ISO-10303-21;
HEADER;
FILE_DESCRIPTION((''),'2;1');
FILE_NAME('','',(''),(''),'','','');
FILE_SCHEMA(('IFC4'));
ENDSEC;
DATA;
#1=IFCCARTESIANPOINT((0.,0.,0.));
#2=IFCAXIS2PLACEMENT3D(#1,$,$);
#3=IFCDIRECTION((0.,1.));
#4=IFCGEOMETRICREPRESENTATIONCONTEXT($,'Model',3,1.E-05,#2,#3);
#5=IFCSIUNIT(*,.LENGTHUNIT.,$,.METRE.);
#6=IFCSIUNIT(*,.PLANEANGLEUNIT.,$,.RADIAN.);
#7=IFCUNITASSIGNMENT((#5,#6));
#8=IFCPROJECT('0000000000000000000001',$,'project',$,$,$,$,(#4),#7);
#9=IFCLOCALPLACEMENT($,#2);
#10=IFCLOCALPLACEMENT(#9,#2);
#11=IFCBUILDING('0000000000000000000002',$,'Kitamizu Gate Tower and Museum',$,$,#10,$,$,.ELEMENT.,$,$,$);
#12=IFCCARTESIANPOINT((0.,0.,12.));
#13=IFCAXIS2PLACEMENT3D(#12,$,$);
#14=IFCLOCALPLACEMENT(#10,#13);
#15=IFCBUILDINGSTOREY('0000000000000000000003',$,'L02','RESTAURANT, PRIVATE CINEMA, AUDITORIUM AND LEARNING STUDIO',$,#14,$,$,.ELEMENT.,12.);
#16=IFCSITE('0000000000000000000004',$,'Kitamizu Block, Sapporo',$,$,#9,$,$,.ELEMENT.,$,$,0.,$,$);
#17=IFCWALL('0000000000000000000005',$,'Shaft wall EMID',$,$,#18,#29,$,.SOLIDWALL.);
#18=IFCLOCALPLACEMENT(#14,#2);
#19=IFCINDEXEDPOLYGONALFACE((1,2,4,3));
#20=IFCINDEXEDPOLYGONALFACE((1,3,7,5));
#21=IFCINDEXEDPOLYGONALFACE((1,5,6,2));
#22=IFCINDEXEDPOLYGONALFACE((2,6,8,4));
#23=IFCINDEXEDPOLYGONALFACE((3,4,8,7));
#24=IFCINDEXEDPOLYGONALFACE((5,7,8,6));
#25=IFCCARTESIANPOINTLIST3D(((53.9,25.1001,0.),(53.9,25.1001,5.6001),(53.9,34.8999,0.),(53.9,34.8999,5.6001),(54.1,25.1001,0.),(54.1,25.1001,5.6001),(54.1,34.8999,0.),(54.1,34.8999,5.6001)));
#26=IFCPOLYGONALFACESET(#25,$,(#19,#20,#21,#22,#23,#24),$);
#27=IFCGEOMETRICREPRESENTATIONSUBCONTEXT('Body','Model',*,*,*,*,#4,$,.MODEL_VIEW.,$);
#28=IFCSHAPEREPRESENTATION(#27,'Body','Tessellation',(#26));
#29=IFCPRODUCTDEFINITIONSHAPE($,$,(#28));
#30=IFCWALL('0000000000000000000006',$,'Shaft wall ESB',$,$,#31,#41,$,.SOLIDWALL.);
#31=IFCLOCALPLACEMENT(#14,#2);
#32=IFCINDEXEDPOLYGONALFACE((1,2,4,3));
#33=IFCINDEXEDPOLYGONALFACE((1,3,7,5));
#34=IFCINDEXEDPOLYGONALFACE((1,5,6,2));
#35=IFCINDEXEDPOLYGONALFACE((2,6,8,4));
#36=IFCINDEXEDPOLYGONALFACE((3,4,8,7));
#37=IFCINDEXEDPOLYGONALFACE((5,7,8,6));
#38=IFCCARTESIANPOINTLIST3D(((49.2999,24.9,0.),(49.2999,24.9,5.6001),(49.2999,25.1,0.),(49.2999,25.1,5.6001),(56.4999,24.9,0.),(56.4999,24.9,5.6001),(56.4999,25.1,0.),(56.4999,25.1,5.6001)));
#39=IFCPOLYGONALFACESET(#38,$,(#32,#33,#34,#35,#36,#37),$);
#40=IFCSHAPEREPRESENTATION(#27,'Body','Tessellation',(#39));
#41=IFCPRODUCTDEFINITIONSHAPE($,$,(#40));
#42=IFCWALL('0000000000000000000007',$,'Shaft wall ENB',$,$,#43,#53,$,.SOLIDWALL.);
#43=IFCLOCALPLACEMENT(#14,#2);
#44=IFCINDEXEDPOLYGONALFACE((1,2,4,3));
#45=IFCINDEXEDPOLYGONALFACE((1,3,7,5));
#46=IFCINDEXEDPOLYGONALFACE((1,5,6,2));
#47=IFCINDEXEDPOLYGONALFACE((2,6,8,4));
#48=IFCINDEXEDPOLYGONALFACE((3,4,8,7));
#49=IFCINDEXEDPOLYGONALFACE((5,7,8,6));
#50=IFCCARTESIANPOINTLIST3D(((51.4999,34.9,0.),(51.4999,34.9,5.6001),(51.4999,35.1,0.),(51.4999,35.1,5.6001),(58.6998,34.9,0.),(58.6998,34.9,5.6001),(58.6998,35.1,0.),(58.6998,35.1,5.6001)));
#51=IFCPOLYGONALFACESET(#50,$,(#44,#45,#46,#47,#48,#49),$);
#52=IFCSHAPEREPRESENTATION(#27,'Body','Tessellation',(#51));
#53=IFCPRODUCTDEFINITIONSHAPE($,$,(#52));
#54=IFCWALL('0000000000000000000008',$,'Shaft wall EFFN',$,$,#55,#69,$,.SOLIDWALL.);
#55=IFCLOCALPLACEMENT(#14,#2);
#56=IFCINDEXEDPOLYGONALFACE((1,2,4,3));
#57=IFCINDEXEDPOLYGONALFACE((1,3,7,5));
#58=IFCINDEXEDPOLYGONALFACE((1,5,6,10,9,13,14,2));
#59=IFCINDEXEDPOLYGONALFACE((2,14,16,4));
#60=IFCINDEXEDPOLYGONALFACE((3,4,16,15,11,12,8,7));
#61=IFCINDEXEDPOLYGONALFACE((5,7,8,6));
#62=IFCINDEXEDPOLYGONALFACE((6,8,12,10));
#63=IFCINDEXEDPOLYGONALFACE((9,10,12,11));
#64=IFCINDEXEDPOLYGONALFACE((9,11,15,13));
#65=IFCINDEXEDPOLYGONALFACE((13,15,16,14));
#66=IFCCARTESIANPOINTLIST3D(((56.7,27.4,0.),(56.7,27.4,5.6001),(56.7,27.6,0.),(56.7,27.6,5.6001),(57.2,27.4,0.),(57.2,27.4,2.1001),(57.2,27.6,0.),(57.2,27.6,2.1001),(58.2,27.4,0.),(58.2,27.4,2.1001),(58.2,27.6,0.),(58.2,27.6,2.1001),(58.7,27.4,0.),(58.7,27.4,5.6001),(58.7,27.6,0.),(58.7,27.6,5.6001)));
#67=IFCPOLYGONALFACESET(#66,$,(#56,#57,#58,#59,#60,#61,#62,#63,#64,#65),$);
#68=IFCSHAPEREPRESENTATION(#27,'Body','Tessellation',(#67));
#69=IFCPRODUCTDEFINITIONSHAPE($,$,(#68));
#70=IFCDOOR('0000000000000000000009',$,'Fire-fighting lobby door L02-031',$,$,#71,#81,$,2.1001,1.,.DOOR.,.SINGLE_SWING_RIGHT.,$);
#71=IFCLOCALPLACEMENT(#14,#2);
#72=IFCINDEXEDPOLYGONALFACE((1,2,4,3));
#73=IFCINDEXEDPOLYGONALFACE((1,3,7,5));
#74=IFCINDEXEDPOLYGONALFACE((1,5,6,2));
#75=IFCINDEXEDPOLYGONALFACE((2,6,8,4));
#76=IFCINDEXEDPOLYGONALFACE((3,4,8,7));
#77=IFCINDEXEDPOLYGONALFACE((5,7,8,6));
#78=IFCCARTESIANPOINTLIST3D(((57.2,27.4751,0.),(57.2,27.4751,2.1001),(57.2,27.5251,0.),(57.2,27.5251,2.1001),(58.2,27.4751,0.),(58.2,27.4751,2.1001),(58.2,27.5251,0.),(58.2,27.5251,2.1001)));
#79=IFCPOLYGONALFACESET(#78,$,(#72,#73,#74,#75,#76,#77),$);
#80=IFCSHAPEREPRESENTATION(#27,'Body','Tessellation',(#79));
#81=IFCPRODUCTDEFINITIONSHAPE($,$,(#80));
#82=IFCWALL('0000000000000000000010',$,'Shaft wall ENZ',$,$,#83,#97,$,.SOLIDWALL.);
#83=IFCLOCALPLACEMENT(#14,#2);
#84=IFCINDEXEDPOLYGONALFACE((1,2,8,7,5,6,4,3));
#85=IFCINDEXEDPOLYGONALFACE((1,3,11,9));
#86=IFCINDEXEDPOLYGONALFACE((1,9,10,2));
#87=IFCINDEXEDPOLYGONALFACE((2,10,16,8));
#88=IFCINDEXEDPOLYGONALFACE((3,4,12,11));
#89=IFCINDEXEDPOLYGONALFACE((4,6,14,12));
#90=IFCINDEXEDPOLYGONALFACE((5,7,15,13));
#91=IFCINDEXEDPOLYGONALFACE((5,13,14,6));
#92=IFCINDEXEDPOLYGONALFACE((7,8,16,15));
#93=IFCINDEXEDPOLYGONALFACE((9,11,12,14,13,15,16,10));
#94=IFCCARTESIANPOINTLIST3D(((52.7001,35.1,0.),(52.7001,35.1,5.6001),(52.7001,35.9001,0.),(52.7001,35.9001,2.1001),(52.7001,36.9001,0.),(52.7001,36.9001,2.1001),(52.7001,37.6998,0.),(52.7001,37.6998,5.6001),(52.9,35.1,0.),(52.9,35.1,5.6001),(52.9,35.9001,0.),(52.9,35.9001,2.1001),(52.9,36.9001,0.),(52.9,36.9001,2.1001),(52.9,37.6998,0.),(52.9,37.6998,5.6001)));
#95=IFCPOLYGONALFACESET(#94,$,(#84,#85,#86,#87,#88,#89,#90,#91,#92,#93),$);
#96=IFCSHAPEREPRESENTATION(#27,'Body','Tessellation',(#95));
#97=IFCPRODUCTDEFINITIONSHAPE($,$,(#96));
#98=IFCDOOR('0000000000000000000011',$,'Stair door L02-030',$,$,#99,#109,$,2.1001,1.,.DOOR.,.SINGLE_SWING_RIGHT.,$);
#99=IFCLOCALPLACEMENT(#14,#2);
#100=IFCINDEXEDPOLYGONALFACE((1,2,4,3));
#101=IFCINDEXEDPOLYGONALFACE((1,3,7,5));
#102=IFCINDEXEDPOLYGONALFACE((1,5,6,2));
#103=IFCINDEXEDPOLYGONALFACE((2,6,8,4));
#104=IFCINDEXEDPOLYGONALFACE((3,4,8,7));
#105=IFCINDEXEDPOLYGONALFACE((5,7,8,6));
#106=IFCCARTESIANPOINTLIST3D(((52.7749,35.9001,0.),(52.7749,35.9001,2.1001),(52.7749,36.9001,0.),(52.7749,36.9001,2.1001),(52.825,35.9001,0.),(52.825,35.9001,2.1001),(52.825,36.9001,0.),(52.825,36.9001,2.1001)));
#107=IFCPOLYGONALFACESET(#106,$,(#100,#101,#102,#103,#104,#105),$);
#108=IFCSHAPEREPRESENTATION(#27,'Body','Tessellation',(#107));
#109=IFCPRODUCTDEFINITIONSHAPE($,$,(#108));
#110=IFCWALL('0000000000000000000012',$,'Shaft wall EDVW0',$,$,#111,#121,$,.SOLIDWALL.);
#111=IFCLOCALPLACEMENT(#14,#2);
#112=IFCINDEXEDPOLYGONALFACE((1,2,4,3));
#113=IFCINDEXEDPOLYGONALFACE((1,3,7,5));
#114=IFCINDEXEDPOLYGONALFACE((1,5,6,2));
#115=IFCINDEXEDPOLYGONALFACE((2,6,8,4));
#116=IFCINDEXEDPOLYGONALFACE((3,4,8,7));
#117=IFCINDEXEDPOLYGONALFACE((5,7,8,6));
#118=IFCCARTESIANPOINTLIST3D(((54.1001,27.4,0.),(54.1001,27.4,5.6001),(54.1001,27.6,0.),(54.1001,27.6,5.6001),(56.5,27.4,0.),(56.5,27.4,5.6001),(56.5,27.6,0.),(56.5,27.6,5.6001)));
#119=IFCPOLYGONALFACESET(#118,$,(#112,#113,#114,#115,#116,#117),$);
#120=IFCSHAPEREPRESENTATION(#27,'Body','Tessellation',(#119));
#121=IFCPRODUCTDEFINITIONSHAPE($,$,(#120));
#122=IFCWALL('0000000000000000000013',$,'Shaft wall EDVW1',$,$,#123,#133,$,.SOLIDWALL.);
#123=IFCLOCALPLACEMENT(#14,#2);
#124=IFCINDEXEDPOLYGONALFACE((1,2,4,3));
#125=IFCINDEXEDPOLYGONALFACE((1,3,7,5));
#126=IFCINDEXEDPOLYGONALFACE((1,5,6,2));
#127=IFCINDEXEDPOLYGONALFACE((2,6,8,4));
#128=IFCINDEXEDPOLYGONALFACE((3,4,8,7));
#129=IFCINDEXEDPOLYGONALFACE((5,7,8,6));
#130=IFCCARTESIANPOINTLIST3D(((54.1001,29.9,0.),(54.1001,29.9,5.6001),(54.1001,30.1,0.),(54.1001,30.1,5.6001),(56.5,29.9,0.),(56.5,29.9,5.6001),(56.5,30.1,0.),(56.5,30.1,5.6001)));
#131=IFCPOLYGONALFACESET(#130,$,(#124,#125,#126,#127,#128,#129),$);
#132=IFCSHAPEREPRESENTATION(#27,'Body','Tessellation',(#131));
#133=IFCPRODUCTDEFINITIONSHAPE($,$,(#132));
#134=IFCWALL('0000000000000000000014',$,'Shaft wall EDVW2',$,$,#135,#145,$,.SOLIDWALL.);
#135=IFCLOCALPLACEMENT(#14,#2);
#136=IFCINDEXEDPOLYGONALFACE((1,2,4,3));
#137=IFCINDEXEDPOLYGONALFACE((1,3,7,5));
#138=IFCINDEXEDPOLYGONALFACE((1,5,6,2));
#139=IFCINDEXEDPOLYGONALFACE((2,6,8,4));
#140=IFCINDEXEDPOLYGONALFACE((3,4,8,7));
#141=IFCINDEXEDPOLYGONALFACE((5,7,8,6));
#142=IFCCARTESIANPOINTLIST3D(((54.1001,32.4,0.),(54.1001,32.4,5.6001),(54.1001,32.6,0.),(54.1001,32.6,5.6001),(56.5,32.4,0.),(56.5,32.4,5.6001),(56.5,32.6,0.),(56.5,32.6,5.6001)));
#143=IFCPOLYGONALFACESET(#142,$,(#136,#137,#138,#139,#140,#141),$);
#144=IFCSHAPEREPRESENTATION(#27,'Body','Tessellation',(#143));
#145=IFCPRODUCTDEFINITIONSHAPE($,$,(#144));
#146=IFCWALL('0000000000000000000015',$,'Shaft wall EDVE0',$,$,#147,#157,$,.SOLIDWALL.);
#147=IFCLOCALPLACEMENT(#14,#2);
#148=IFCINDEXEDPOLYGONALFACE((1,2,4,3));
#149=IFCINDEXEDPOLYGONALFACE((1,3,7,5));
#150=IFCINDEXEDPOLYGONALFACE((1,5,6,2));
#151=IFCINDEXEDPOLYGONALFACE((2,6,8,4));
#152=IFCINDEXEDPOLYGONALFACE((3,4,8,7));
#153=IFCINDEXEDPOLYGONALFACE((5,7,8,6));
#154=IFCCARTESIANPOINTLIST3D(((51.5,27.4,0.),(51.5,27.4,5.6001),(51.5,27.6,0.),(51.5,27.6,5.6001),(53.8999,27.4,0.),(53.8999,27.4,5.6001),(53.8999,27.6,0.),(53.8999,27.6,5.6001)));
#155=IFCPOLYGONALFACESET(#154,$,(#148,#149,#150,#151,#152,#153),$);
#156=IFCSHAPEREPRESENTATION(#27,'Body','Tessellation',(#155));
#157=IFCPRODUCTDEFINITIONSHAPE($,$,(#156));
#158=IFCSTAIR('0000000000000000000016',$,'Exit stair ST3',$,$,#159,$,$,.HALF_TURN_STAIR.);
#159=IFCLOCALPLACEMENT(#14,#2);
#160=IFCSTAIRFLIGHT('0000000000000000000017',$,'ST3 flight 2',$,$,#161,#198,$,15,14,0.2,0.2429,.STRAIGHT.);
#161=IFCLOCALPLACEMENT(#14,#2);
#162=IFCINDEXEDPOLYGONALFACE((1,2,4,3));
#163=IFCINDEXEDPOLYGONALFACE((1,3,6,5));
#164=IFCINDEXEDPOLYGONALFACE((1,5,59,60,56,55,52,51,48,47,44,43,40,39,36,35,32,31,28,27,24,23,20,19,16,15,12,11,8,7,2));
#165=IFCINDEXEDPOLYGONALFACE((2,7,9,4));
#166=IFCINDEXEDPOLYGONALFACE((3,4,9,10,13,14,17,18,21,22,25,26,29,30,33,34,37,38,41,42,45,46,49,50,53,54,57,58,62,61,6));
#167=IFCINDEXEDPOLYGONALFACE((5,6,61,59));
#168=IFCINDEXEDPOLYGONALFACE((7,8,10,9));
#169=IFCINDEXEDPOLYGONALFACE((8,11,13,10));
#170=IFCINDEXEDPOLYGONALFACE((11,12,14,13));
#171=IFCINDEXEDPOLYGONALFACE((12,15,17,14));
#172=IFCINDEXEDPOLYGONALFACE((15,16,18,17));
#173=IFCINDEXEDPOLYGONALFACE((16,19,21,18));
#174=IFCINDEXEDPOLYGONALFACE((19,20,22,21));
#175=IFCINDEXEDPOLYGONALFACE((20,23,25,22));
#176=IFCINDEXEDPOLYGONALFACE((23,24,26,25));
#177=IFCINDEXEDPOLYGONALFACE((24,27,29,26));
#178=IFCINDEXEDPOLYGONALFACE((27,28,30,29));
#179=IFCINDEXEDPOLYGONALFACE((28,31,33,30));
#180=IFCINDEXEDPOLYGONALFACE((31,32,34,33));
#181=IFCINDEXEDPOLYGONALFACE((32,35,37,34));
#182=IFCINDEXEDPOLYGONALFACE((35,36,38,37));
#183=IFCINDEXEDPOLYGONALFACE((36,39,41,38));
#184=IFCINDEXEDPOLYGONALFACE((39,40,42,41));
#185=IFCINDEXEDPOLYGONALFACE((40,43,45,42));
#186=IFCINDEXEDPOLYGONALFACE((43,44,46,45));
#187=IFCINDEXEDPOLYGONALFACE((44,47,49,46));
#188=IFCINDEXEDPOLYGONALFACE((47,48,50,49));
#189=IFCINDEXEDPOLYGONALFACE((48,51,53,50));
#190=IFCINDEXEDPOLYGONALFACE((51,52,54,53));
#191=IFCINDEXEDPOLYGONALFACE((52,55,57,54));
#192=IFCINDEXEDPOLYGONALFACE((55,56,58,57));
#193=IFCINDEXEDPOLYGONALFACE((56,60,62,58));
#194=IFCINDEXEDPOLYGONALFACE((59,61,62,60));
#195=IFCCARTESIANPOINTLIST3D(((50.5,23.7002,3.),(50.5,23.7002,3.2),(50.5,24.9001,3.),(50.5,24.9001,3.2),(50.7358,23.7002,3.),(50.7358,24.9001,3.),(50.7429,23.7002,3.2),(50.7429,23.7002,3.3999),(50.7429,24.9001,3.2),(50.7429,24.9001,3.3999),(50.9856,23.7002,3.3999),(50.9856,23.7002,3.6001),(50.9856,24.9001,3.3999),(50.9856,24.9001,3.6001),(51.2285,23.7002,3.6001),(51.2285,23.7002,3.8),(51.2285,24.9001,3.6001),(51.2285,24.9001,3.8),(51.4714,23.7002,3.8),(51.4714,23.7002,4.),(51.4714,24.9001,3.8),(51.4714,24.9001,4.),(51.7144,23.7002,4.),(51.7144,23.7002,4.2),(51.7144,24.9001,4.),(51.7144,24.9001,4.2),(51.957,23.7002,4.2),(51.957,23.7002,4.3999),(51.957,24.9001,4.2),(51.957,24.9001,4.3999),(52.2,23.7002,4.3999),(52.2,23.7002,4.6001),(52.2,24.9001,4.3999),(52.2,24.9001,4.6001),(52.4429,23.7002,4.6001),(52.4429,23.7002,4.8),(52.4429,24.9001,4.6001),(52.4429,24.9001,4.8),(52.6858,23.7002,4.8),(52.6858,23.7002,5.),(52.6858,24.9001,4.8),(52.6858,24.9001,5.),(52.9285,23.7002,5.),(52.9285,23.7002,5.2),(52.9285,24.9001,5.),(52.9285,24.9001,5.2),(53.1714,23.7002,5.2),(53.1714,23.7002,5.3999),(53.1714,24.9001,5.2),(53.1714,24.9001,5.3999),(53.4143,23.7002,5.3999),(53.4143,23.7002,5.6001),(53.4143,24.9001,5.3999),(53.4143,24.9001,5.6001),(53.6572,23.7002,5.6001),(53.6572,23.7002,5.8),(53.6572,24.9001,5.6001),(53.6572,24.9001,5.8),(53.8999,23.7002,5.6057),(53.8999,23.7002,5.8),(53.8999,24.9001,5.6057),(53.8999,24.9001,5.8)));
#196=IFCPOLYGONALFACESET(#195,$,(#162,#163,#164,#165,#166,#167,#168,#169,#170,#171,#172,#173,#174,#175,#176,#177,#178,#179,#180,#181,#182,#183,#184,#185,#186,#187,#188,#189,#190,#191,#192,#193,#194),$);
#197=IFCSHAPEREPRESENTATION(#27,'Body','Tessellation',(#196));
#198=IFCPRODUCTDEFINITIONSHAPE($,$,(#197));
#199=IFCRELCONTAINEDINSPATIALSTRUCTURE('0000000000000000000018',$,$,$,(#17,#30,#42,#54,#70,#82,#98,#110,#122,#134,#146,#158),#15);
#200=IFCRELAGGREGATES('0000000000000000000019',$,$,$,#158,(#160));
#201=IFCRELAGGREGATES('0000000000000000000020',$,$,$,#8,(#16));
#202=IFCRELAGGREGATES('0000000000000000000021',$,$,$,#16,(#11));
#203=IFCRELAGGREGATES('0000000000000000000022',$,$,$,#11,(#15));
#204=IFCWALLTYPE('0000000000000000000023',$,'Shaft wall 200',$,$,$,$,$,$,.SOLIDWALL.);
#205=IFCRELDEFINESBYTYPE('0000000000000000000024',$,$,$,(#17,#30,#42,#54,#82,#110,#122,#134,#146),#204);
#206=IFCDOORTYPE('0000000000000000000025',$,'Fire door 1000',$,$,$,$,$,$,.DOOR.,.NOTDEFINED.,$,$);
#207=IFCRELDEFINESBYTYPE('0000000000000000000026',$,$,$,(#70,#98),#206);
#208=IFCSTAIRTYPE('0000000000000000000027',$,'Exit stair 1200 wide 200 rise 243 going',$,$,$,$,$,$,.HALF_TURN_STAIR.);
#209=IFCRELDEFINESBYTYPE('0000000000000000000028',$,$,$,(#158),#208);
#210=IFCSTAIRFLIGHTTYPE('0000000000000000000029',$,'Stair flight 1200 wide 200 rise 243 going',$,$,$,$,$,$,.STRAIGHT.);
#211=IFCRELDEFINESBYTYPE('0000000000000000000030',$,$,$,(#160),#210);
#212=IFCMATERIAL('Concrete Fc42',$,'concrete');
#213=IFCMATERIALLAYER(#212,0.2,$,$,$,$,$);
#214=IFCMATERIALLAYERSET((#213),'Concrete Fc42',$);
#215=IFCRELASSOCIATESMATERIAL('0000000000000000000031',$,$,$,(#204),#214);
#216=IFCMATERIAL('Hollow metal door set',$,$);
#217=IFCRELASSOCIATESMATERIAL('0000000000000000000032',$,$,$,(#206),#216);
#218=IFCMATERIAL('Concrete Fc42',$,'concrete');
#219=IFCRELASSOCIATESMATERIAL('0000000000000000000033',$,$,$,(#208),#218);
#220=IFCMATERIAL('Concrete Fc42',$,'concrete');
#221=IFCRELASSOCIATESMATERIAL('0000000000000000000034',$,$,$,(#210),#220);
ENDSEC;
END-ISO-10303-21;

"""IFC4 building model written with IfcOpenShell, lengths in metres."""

from ifc_helpers import new_model, si_unit, direction, frame, frame_2d, origin, place, context, subcontext, project, spatial, polyline, rectangle, outline, extrude, material, layer, layer_set, type_object, element, fill, aggregate, save


model = new_model("IFC4")

# Units and contexts
model_context = context("Model", 3, precision=1e-05, world=origin(), true_north=direction((0.0, 1.0)))
body_context = subcontext(model_context, "Body", "Model", "MODEL_VIEW")
ifc_project = project(units=[si_unit("LENGTHUNIT", "METRE"), si_unit("PLANEANGLEUNIT", "RADIAN")], contexts=[model_context])

# Site, building, storey
site_placement = place(None, origin())
site = spatial("IfcSite", under=ifc_project, at=site_placement, Name="Kitamizu Block, Sapporo", CompositionType="ELEMENT", RefElevation=0.0)
building_placement = place(site_placement, origin())
building = spatial("IfcBuilding", under=site, at=building_placement, Name="Kitamizu Gate Tower and Museum", CompositionType="ELEMENT")
storey_placement = place(building_placement, frame((0.0, 0.0, 12.0)))
storey = spatial("IfcBuildingStorey", under=building, at=storey_placement, Name="L02", Description="RESTAURANT, PRIVATE CINEMA, AUDITORIUM AND LEARNING STUDIO", CompositionType="ELEMENT", Elevation=12.0)

# Shared definitions
ifc_material_1 = material(Name="Concrete Fc42", Category="concrete")
ifc_layer_1 = layer(ifc_material_1, 0.2)
ifc_layer_set_1 = layer_set([ifc_layer_1], Name="Concrete Fc42")
wall_type_1 = type_object("IfcWallType", Name="Shaft wall 200", PredefinedType="SOLIDWALL", material=ifc_layer_set_1)
ifc_material_2 = material(Name="Hollow metal door set")
door_type_1 = type_object("IfcDoorType", Name="Fire door 1000", OperationType="NOTDEFINED", PredefinedType="DOOR", material=ifc_material_2)

# Walls
wall_1_placement = place(storey_placement, frame((54.0, 25.1001, 0.0), z_axis=(0.0, 0.0, 1.0), x_axis=(0.0, 1.0, 0.0)))
element("IfcWall", 1, at=wall_1_placement, inside=storey, type_object=wall_type_1, Name="Shaft wall EMID", PredefinedType="SOLIDWALL", context=body_context, shape_type="SweptSolid", body=[
    extrude(rectangle(XDim=9.7998, YDim=0.2, at=frame_2d((4.8999, 0.0))), origin(), (0.0, 0.0, 1.0), 5.6001),
])
for number, where, z_axis, x_axis, name in (
    (2, (56.5, 25.0, 0.0), (0.0, 0.0, 1.0), (-1.0, 0.0, 0.0), "Shaft wall ESB"),
    (3, (58.7, 35.0, 0.0), (0.0, 0.0, 1.0), (-1.0, 0.0, 0.0), "Shaft wall ENB"),
):
    element("IfcWall", number, at=place(storey_placement, frame(where, z_axis=z_axis, x_axis=x_axis)), inside=storey, type_object=wall_type_1, Name=name, PredefinedType="SOLIDWALL", context=body_context, shape_type="SweptSolid", body=[
        extrude(rectangle(XDim=7.2, YDim=0.2, at=frame_2d((3.6001, 0.0))), origin(), (0.0, 0.0, 1.0), 5.6001),
    ])

# Walls, openings, doors
wall_2_placement = place(storey_placement, frame((58.7, 27.5, 0.0), z_axis=(0.0, 0.0, 1.0), x_axis=(-1.0, 0.0, 0.0)))
wall_2 = element("IfcWall", 4, at=wall_2_placement, inside=storey, type_object=wall_type_1, Name="Shaft wall EFFN", PredefinedType="SOLIDWALL", context=body_context, shape_type="SweptSolid", body=[
    extrude(rectangle(XDim=2.0, YDim=0.2, at=frame_2d((1.0, 0.0))), origin(), (0.0, 0.0, 1.0), 5.6001),
])
opening_1_placement = place(wall_2_placement, frame((0.5, 0.0, 0.0)))
opening_1 = element("IfcOpeningElement", 5, at=opening_1_placement, cuts=wall_2, PredefinedType="OPENING", context=body_context, shape_type="SweptSolid", body=[
    extrude(rectangle(XDim=1.0, YDim=2.1001, at=frame_2d((0.5, 1.05))), frame((0.0, 0.1099, 0.0), z_axis=(0.0, -1.0, 0.0), x_axis=(1.0, 0.0, 0.0)), (0.0, 0.0, 1.0), 0.22),
])
door_1_placement = place(opening_1_placement, origin())
door_1 = element("IfcDoor", 6, at=door_1_placement, inside=storey, type_object=door_type_1, Name="Fire-fighting lobby door L02-031", OperationType="SINGLE_SWING_RIGHT", OverallHeight=2.1001, OverallWidth=1.0, PredefinedType="DOOR", context=body_context, shape_type="SweptSolid", body=[
    extrude(rectangle(XDim=1.0, YDim=2.1001, at=frame_2d((0.5, 1.05))), frame((0.0, 0.0249, 0.0), z_axis=(0.0, -1.0, 0.0), x_axis=(1.0, 0.0, 0.0)), (0.0, 0.0, 1.0), 0.05),
])
fill(opening_1, door_1)
wall_3_placement = place(storey_placement, frame((52.8, 35.1001, 0.0), z_axis=(0.0, 0.0, 1.0), x_axis=(0.0, 1.0, 0.0)))
wall_3 = element("IfcWall", 7, at=wall_3_placement, inside=storey, type_object=wall_type_1, Name="Shaft wall ENZ", PredefinedType="SOLIDWALL", context=body_context, shape_type="SweptSolid", body=[
    extrude(rectangle(XDim=2.5999, YDim=0.2, at=frame_2d((1.2998, 0.0))), origin(), (0.0, 0.0, 1.0), 5.6001),
])
opening_2_placement = place(wall_3_placement, frame((0.8, 0.0, 0.0)))
opening_2 = element("IfcOpeningElement", 8, at=opening_2_placement, cuts=wall_3, PredefinedType="OPENING", context=body_context, shape_type="SweptSolid", body=[
    extrude(rectangle(XDim=1.0, YDim=2.1001, at=frame_2d((0.5, 1.05))), frame((0.0, 0.1099, 0.0), z_axis=(0.0, -1.0, 0.0), x_axis=(1.0, 0.0, 0.0)), (0.0, 0.0, 1.0), 0.22),
])
door_2_placement = place(opening_2_placement, frame((1.0, 0.0, 0.0), x_axis=(-1.0, 0.0, 0.0)))
door_2 = element("IfcDoor", 9, at=door_2_placement, inside=storey, type_object=door_type_1, Name="Stair door L02-030", OperationType="SINGLE_SWING_RIGHT", OverallHeight=2.1001, OverallWidth=1.0, PredefinedType="DOOR", context=body_context, shape_type="SweptSolid", body=[
    extrude(rectangle(XDim=1.0, YDim=2.1001, at=frame_2d((0.5, 1.05))), frame((0.0, 0.0249, 0.0), z_axis=(0.0, -1.0, 0.0), x_axis=(1.0, 0.0, 0.0)), (0.0, 0.0, 1.0), 0.05),
])
fill(opening_2, door_2)

# Walls
for number, where, z_axis, x_axis, name in (
    (10, (56.5, 27.5, 0.0), (0.0, 0.0, 1.0), (-1.0, 0.0, 0.0), "Shaft wall EDVW0"),
    (11, (56.5, 30.0, 0.0), (0.0, 0.0, 1.0), (-1.0, 0.0, 0.0), "Shaft wall EDVW1"),
    (12, (56.5, 32.5, 0.0), (0.0, 0.0, 1.0), (-1.0, 0.0, 0.0), "Shaft wall EDVW2"),
    (13, (53.8999, 27.5, 0.0), (0.0, 0.0, 1.0), (-1.0, 0.0, 0.0), "Shaft wall EDVE0"),
):
    element("IfcWall", number, at=place(storey_placement, frame(where, z_axis=z_axis, x_axis=x_axis)), inside=storey, type_object=wall_type_1, Name=name, PredefinedType="SOLIDWALL", context=body_context, shape_type="SweptSolid", body=[
        extrude(rectangle(XDim=2.3999, YDim=0.2, at=frame_2d((1.2, 0.0))), origin(), (0.0, 0.0, 1.0), 5.6001),
    ])

# Stair, stair flight
ifc_material_3 = material(Name="Concrete Fc42", Category="concrete")
stair_type = type_object("IfcStairType", Name="Exit stair 1200 wide 200 rise 243 going", PredefinedType="HALF_TURN_STAIR", material=ifc_material_3)
stair_placement = place(storey_placement, origin())
stair = element("IfcStair", 14, at=stair_placement, inside=storey, type_object=stair_type, Name="Exit stair ST3", PredefinedType="HALF_TURN_STAIR")
ifc_material_4 = material(Name="Concrete Fc42", Category="concrete")
stair_flight_type = type_object("IfcStairFlightType", Name="Stair flight 1200 wide 200 rise 243 going", PredefinedType="STRAIGHT", material=ifc_material_4)
stair_flight_placement = place(storey_placement, frame((50.5, 24.3, 3.0), z_axis=(0.0, 0.0, 1.0), x_axis=(1.0, 0.0, 0.0)))
stair_flight = element("IfcStairFlight", 15, at=stair_flight_placement, type_object=stair_flight_type, Name="ST3 flight 2", NumberOfRisers=15, NumberOfTreads=14, PredefinedType="STRAIGHT", RiserHeight=0.2, TreadLength=0.2429, context=body_context, shape_type="SweptSolid", body=[
    extrude(outline(polyline([(0.0, 0.0), (0.0, 0.2), (0.2429, 0.2), (0.2429, 0.3999), (0.4856, 0.3999), (0.4856, 0.6001), (0.7285, 0.6001), (0.7285, 0.8), (0.9714, 0.8), (0.9714, 1.0), (1.2144, 1.0), (1.2144, 1.2), (1.457, 1.2), (1.457, 1.3999), (1.7, 1.3999), (1.7, 1.6001), (1.9429, 1.6001), (1.9429, 1.8), (2.1858, 1.8), (2.1858, 2.0), (2.4285, 2.0), (2.4285, 2.2), (2.6714, 2.2), (2.6714, 2.3999), (2.9143, 2.3999), (2.9143, 2.6001), (3.1572, 2.6001), (3.1572, 2.8), (3.3999, 2.8), (3.3999, 3.0), (3.3999, 2.6057), (0.2358, 0.0), (0.0, 0.0)])), frame((0.0, 0.6001, 0.0), z_axis=(0.0, -1.0, 0.0), x_axis=(1.0, 0.0, 0.0)), (0.0, 0.0, 1.0), 1.2),
])
aggregate(stair, [stair_flight])

save(model, "model.ifc")
